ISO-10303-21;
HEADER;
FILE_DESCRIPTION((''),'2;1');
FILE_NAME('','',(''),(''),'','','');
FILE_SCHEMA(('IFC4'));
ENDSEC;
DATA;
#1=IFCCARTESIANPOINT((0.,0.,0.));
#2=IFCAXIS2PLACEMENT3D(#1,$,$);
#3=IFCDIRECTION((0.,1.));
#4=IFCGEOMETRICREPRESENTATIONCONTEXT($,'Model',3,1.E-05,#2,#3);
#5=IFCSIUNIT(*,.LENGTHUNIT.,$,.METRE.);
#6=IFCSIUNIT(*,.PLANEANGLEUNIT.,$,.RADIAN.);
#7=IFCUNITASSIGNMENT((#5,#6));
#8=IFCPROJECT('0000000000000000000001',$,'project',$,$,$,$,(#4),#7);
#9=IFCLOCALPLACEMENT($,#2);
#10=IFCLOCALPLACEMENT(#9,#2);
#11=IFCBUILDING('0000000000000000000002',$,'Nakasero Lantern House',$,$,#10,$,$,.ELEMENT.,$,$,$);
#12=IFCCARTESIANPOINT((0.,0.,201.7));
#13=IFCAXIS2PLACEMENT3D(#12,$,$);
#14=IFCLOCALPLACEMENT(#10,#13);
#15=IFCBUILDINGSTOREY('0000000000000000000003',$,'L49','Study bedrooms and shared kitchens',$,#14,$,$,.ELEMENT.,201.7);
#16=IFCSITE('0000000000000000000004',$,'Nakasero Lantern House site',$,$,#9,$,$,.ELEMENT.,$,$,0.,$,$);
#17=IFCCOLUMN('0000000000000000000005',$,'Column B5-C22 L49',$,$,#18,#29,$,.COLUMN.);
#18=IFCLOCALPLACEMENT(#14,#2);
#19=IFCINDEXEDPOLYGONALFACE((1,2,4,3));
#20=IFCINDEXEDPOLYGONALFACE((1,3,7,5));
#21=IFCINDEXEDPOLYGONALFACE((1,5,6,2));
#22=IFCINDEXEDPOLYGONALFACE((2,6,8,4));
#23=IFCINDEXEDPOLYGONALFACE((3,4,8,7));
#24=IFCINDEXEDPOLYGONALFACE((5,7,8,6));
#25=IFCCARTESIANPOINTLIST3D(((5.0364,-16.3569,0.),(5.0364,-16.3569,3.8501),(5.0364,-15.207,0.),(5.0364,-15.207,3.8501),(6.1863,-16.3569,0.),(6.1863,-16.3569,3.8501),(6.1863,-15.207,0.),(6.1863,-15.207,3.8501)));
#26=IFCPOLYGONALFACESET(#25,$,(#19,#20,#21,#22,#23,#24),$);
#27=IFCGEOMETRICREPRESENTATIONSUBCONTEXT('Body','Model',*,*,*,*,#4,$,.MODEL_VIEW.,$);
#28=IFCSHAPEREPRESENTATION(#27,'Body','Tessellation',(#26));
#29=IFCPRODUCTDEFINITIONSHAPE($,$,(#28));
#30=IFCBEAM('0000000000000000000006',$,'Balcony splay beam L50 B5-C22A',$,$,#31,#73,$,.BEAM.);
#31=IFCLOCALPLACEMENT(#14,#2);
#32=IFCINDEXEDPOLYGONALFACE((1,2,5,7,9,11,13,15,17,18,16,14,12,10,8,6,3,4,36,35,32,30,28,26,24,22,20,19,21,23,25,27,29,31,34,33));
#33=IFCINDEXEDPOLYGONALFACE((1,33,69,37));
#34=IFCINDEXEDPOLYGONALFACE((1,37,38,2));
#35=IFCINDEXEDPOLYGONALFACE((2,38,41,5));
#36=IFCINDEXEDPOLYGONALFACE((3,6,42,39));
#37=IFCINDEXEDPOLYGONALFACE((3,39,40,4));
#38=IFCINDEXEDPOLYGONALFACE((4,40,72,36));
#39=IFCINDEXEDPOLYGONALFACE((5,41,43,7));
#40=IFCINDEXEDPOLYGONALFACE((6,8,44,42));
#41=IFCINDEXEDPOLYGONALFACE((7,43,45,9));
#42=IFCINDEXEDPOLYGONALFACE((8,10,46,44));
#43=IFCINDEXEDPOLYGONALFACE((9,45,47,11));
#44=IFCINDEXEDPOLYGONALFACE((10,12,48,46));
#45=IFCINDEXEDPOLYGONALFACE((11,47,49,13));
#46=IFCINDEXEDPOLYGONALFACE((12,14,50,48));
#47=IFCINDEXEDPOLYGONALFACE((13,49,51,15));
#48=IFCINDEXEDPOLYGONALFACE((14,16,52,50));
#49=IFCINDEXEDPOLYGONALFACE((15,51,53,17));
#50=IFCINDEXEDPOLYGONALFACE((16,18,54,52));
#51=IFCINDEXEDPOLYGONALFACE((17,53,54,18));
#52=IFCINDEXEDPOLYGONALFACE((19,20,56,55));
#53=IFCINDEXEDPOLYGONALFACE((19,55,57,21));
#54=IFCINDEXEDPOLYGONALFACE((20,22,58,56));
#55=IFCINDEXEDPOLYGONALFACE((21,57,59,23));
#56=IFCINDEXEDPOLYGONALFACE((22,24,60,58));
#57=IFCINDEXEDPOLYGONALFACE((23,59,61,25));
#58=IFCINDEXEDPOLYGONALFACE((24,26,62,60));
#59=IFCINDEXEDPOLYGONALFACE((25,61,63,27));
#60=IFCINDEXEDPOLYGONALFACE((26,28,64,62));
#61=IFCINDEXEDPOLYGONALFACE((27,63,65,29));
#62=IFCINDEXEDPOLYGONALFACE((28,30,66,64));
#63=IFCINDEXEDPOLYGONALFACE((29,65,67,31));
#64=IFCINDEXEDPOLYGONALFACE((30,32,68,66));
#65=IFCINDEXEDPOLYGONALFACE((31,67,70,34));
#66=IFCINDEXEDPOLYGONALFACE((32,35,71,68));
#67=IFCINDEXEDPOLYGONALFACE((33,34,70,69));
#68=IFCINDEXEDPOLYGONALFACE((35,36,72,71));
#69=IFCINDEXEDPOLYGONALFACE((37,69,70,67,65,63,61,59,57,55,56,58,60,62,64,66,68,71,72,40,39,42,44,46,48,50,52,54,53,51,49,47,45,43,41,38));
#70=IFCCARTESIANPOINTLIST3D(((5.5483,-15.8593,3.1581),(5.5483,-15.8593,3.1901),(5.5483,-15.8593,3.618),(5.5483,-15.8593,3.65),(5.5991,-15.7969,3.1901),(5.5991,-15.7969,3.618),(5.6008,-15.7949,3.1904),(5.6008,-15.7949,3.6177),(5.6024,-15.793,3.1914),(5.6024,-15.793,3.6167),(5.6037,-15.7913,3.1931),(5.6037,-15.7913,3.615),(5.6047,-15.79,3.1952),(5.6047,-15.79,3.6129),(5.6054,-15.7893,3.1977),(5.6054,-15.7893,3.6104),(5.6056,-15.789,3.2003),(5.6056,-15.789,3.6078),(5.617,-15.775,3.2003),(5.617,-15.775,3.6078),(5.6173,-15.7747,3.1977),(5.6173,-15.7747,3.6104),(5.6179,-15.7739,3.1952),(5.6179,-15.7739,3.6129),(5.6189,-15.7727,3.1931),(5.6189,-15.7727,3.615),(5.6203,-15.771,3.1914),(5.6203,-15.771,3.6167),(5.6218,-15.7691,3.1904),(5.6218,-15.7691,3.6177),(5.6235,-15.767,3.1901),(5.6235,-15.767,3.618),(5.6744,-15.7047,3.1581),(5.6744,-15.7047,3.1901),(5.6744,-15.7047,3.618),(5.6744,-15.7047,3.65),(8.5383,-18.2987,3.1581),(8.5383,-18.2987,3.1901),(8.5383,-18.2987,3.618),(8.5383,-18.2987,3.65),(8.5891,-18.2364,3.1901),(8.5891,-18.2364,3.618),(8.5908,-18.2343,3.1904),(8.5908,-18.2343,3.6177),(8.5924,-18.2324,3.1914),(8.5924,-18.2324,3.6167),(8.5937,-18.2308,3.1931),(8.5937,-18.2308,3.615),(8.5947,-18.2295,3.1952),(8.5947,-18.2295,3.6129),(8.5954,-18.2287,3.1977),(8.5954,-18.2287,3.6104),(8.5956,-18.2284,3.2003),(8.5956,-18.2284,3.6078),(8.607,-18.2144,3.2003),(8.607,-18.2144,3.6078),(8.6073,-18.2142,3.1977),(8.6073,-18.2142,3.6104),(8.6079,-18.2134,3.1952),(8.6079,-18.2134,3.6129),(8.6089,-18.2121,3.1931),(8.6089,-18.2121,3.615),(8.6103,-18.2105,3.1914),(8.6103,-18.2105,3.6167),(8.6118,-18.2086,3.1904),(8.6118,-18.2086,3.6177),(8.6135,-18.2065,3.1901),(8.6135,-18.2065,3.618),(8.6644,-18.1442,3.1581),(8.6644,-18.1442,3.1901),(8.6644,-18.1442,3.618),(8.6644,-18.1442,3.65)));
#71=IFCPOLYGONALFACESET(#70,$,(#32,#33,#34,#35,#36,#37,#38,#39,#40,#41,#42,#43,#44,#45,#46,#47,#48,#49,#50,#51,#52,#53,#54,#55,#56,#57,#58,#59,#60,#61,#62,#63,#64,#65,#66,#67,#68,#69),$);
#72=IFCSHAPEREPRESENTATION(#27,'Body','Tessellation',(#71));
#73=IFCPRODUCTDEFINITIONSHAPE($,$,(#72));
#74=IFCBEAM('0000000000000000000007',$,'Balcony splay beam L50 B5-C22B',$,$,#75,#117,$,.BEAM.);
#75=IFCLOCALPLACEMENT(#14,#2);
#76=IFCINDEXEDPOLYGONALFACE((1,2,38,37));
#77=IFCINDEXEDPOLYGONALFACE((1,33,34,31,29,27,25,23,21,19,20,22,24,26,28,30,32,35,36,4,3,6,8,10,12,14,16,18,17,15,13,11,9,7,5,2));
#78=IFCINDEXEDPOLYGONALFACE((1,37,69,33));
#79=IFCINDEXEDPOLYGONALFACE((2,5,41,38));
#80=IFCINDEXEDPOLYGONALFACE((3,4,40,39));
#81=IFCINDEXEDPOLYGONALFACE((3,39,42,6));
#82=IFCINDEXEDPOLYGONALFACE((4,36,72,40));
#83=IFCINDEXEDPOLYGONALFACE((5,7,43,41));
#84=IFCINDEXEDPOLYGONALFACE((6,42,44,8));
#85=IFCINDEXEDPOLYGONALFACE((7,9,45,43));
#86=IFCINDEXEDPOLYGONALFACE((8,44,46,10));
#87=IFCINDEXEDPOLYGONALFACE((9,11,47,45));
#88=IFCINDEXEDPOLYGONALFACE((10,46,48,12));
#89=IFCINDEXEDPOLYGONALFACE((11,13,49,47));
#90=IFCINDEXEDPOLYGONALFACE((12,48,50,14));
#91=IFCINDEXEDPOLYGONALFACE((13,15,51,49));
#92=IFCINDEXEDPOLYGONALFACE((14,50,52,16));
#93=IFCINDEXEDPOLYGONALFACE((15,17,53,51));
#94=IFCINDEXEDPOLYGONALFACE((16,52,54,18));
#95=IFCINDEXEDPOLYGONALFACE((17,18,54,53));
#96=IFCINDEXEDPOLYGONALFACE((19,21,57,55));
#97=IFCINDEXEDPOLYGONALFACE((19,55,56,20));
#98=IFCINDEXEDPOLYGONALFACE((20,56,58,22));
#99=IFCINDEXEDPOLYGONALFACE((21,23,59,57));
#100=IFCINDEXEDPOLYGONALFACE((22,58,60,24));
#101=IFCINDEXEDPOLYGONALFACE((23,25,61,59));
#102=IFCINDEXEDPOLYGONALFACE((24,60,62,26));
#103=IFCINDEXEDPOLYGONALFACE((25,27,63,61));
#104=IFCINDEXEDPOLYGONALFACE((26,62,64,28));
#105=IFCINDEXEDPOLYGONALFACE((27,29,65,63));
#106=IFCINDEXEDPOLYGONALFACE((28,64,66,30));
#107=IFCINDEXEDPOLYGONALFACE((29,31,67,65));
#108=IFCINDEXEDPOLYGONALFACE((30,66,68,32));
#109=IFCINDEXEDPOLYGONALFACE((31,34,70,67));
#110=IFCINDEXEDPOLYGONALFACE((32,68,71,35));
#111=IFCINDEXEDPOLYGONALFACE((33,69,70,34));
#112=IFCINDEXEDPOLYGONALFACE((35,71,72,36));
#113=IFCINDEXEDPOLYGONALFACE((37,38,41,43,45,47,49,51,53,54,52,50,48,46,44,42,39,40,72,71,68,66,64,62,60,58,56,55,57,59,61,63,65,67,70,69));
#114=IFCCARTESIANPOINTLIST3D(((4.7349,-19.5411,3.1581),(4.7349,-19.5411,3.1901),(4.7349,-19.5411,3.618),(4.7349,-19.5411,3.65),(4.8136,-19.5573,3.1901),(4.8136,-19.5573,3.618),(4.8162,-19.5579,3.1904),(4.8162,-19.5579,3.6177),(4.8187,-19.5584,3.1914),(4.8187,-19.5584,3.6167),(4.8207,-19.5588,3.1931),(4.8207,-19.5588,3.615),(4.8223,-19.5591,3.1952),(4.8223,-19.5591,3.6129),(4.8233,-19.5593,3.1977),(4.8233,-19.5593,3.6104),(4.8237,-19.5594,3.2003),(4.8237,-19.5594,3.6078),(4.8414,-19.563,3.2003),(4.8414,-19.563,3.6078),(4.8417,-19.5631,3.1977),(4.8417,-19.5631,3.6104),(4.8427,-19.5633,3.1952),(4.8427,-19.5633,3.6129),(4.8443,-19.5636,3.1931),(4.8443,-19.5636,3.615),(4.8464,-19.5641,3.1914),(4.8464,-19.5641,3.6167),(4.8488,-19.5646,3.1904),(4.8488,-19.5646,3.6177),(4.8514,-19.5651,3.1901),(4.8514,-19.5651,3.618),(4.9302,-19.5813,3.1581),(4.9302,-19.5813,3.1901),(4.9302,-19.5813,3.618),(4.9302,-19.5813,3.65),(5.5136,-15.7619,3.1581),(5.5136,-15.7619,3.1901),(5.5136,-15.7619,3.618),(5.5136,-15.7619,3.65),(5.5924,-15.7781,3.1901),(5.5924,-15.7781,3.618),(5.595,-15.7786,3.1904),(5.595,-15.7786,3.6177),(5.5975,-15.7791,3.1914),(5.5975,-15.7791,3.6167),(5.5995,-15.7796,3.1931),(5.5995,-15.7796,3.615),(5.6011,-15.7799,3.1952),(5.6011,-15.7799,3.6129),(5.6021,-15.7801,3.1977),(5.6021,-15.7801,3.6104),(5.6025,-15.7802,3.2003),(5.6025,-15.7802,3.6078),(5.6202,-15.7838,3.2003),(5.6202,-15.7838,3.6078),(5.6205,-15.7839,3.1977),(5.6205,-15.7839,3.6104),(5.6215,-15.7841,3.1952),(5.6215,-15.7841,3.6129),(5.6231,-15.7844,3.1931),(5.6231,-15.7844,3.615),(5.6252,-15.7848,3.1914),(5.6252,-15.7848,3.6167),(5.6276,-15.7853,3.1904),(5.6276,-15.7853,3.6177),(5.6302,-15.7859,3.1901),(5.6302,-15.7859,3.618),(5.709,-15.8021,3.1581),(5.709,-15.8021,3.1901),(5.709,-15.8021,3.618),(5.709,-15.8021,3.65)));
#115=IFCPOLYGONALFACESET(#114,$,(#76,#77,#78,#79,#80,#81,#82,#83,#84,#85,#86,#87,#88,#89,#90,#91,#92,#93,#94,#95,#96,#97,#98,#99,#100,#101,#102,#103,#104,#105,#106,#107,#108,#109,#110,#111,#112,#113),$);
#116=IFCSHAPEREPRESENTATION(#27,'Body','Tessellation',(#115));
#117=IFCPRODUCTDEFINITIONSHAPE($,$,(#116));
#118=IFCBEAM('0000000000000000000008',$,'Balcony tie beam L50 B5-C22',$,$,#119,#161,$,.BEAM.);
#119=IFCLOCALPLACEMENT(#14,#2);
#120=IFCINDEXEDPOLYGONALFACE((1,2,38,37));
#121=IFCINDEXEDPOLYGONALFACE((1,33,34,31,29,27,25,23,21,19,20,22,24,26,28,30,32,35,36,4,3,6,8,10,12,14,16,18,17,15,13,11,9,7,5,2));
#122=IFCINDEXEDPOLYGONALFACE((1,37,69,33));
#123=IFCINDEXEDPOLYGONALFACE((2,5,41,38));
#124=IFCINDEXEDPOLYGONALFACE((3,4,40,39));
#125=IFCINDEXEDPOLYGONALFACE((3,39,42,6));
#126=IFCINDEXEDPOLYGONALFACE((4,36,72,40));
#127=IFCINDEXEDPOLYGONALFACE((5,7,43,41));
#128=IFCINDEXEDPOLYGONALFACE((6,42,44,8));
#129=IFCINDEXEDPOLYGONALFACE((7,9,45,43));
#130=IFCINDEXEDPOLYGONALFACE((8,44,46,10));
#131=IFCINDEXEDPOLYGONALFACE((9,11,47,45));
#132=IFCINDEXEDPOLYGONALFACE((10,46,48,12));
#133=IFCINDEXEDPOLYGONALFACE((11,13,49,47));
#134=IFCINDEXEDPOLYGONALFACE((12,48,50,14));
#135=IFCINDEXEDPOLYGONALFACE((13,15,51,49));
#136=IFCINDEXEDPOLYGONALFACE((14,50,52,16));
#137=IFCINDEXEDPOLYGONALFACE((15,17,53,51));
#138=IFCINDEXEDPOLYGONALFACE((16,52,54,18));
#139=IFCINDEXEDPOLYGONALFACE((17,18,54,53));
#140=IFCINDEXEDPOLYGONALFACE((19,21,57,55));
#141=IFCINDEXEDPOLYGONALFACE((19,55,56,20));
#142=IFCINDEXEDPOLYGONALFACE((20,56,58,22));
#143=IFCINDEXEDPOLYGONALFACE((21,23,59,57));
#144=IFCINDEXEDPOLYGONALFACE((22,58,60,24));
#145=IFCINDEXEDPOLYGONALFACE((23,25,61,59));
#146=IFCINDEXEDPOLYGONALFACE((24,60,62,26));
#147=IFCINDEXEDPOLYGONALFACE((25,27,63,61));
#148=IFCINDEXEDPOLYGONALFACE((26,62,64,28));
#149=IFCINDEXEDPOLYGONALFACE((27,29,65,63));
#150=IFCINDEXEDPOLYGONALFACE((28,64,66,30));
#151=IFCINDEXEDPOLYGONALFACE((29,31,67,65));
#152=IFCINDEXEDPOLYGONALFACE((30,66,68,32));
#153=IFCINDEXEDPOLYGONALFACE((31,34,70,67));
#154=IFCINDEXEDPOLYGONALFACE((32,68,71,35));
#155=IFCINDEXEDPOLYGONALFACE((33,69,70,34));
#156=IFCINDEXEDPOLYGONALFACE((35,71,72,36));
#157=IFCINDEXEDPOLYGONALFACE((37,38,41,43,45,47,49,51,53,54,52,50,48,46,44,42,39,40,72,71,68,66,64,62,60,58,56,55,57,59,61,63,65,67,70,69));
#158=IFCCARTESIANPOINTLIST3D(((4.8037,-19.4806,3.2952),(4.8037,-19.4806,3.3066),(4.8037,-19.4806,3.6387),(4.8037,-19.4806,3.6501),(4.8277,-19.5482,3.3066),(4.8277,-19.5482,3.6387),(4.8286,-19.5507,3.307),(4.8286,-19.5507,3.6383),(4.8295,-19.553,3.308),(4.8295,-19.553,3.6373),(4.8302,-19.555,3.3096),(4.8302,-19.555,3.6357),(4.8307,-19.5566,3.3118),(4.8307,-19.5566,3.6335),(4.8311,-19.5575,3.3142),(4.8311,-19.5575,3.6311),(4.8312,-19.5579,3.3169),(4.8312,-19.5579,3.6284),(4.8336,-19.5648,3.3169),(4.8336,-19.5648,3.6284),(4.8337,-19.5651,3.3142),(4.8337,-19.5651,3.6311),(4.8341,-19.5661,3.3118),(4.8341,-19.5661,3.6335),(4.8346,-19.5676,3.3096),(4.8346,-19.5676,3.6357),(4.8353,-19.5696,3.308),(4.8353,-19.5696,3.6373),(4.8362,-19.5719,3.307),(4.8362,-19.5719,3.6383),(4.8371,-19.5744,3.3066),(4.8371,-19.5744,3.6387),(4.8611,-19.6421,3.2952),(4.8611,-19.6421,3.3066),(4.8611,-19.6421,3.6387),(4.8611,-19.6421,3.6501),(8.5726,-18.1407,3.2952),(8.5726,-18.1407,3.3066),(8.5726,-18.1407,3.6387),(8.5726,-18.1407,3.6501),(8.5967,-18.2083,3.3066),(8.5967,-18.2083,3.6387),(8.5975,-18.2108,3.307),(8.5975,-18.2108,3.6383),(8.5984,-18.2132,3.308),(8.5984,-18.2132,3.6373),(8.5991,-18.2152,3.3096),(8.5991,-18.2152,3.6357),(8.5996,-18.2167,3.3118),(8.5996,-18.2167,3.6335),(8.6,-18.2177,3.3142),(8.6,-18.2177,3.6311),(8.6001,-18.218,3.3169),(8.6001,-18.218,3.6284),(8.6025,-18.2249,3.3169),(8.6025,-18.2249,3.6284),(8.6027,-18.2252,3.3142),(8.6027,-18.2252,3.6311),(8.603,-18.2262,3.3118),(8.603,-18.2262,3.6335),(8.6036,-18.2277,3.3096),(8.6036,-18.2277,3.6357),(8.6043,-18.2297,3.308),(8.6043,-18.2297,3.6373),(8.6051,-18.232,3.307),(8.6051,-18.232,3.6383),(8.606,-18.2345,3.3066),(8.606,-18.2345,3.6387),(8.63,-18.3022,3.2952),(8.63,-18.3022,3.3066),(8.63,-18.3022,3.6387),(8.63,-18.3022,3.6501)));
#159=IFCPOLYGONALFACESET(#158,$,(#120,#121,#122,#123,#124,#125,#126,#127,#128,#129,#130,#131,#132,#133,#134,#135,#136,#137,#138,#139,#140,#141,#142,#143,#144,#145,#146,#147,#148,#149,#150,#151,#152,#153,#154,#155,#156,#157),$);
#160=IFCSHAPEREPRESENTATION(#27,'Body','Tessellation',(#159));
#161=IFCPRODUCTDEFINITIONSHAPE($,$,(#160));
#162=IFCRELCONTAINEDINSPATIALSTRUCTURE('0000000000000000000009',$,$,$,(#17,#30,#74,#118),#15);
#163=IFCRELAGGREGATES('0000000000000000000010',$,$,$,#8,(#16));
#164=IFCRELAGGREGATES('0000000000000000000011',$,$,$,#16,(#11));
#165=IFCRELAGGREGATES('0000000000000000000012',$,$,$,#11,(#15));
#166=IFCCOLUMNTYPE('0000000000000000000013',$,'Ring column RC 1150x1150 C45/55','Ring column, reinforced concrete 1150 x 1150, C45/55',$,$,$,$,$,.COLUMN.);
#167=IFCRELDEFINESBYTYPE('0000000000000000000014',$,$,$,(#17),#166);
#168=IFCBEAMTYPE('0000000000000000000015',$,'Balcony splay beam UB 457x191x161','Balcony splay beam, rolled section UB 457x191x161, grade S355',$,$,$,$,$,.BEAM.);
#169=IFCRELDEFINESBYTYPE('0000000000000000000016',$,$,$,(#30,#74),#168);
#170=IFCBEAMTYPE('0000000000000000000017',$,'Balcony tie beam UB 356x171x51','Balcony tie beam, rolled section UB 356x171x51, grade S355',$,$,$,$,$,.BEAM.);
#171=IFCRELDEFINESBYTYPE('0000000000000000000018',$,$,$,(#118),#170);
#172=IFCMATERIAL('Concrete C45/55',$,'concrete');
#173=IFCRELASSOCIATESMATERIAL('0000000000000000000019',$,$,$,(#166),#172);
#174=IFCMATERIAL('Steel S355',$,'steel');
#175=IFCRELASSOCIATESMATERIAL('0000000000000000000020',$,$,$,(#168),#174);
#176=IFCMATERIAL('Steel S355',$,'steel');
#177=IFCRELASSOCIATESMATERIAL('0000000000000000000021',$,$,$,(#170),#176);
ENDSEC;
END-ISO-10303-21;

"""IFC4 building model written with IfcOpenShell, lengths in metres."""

from ifc_helpers import new_model, si_unit, direction, frame, origin, origin_2d, place, context, subcontext, project, spatial, rectangle, i_section, extrude, material, material_profile, profile_set, type_object, element, save


model = new_model("IFC4")

# Units and contexts
model_context = context("Model", 3, precision=1e-05, world=origin(), true_north=direction((0.0, 1.0)))
body_context = subcontext(model_context, "Body", "Model", "MODEL_VIEW")
ifc_project = project(units=[si_unit("LENGTHUNIT", "METRE"), si_unit("PLANEANGLEUNIT", "RADIAN")], contexts=[model_context])

# Site, building, storey
site_placement = place(None, origin())
site = spatial("IfcSite", under=ifc_project, at=site_placement, Name="Nakasero Lantern House site", CompositionType="ELEMENT", RefElevation=0.0)
building_placement = place(site_placement, origin())
building = spatial("IfcBuilding", under=site, at=building_placement, Name="Nakasero Lantern House", CompositionType="ELEMENT")
storey_placement = place(building_placement, frame((0.0, 0.0, 201.7)))
storey = spatial("IfcBuildingStorey", under=building, at=storey_placement, Name="L49", Description="Study bedrooms and shared kitchens", CompositionType="ELEMENT", Elevation=201.7)

# Column
ifc_material_1 = material(Name="Concrete C45/55", Category="concrete")
ifc_material_profile_1 = material_profile(ifc_material_1, rectangle(XDim=1.1499, YDim=1.1499, at=origin_2d()), Name="RC 1150x1150")
ifc_profile_set_1 = profile_set([ifc_material_profile_1], Name="Concrete C45/55")
column_type = type_object("IfcColumnType", Name="Ring column RC 1150x1150 C45/55", Description="Ring column, reinforced concrete 1150 x 1150, C45/55", PredefinedType="COLUMN", material=ifc_profile_set_1)
column_placement = place(storey_placement, frame((5.6113, -15.782, 0.0), z_axis=(0.0, 0.0, 1.0), x_axis=(1.0, 0.0, 0.0)))
element("IfcColumn", 1, at=column_placement, inside=storey, type_object=column_type, Name="Column B5-C22 L49", PredefinedType="COLUMN", context=body_context, shape_type="SweptSolid", body=[
    extrude(rectangle(XDim=1.1499, YDim=1.1499, at=origin_2d()), origin(), (0.0, 0.0, 1.0), 3.8501),
])

# Beams
ifc_material_2 = material(Name="Steel S355", Category="steel")
ifc_material_profile_2 = material_profile(ifc_material_2, i_section(OverallWidth=0.1995, OverallDepth=0.4919, WebThickness=0.0181, FlangeThickness=0.032, FilletRadius=0.0103, at=origin_2d()), Name="UB 457x191x161")
ifc_profile_set_2 = profile_set([ifc_material_profile_2], Name="Steel S355")
beam_type_1 = type_object("IfcBeamType", Name="Balcony splay beam UB 457x191x161", Description="Balcony splay beam, rolled section UB 457x191x161, grade S355", PredefinedType="BEAM", material=ifc_profile_set_2)
beam_1_placement = place(storey_placement, frame((5.6113, -15.782, 3.4041), z_axis=(0.774833, -0.632166, 0.0), x_axis=(0.632166, 0.774833, 0.0)))
element("IfcBeam", 2, at=beam_1_placement, inside=storey, type_object=beam_type_1, Name="Balcony splay beam L50 B5-C22A", PredefinedType="BEAM", context=body_context, shape_type="SweptSolid", body=[
    extrude(i_section(OverallWidth=0.1995, OverallDepth=0.4919, WebThickness=0.0181, FlangeThickness=0.032, FilletRadius=0.0103, at=origin_2d()), origin(), (0.0, 0.0, 1.0), 3.8589),
])
beam_2_placement = place(storey_placement, frame((5.6113, -15.782, 3.4041), z_axis=(-0.201831, -0.97942, 0.0), x_axis=(0.97942, -0.201831, 0.0)))
element("IfcBeam", 3, at=beam_2_placement, inside=storey, type_object=beam_type_1, Name="Balcony splay beam L50 B5-C22B", PredefinedType="BEAM", context=body_context, shape_type="SweptSolid", body=[
    extrude(i_section(OverallWidth=0.1995, OverallDepth=0.4919, WebThickness=0.0181, FlangeThickness=0.032, FilletRadius=0.0103, at=origin_2d()), origin(), (0.0, 0.0, 1.0), 3.8586),
])
ifc_material_3 = material(Name="Steel S355", Category="steel")
ifc_material_profile_3 = material_profile(ifc_material_3, i_section(OverallWidth=0.1714, OverallDepth=0.355, WebThickness=0.0073, FlangeThickness=0.0115, FilletRadius=0.0103, at=origin_2d()), Name="UB 356x171x51")
ifc_profile_set_3 = profile_set([ifc_material_profile_3], Name="Steel S355")
beam_type_2 = type_object("IfcBeamType", Name="Balcony tie beam UB 356x171x51", Description="Balcony tie beam, rolled section UB 356x171x51, grade S355", PredefinedType="BEAM", material=ifc_profile_set_3)
beam_3_placement = place(storey_placement, frame((8.6013, -18.2214, 3.4727), z_axis=(-0.942228, -0.334971, 0.0), x_axis=(0.334971, -0.942228, 0.0)))
element("IfcBeam", 4, at=beam_3_placement, inside=storey, type_object=beam_type_2, Name="Balcony tie beam L50 B5-C22", PredefinedType="BEAM", context=body_context, shape_type="SweptSolid", body=[
    extrude(i_section(OverallWidth=0.1714, OverallDepth=0.355, WebThickness=0.0073, FlangeThickness=0.0115, FilletRadius=0.0103, at=origin_2d()), origin(), (0.0, 0.0, 1.0), 4.0),
])

save(model, "model.ifc")
